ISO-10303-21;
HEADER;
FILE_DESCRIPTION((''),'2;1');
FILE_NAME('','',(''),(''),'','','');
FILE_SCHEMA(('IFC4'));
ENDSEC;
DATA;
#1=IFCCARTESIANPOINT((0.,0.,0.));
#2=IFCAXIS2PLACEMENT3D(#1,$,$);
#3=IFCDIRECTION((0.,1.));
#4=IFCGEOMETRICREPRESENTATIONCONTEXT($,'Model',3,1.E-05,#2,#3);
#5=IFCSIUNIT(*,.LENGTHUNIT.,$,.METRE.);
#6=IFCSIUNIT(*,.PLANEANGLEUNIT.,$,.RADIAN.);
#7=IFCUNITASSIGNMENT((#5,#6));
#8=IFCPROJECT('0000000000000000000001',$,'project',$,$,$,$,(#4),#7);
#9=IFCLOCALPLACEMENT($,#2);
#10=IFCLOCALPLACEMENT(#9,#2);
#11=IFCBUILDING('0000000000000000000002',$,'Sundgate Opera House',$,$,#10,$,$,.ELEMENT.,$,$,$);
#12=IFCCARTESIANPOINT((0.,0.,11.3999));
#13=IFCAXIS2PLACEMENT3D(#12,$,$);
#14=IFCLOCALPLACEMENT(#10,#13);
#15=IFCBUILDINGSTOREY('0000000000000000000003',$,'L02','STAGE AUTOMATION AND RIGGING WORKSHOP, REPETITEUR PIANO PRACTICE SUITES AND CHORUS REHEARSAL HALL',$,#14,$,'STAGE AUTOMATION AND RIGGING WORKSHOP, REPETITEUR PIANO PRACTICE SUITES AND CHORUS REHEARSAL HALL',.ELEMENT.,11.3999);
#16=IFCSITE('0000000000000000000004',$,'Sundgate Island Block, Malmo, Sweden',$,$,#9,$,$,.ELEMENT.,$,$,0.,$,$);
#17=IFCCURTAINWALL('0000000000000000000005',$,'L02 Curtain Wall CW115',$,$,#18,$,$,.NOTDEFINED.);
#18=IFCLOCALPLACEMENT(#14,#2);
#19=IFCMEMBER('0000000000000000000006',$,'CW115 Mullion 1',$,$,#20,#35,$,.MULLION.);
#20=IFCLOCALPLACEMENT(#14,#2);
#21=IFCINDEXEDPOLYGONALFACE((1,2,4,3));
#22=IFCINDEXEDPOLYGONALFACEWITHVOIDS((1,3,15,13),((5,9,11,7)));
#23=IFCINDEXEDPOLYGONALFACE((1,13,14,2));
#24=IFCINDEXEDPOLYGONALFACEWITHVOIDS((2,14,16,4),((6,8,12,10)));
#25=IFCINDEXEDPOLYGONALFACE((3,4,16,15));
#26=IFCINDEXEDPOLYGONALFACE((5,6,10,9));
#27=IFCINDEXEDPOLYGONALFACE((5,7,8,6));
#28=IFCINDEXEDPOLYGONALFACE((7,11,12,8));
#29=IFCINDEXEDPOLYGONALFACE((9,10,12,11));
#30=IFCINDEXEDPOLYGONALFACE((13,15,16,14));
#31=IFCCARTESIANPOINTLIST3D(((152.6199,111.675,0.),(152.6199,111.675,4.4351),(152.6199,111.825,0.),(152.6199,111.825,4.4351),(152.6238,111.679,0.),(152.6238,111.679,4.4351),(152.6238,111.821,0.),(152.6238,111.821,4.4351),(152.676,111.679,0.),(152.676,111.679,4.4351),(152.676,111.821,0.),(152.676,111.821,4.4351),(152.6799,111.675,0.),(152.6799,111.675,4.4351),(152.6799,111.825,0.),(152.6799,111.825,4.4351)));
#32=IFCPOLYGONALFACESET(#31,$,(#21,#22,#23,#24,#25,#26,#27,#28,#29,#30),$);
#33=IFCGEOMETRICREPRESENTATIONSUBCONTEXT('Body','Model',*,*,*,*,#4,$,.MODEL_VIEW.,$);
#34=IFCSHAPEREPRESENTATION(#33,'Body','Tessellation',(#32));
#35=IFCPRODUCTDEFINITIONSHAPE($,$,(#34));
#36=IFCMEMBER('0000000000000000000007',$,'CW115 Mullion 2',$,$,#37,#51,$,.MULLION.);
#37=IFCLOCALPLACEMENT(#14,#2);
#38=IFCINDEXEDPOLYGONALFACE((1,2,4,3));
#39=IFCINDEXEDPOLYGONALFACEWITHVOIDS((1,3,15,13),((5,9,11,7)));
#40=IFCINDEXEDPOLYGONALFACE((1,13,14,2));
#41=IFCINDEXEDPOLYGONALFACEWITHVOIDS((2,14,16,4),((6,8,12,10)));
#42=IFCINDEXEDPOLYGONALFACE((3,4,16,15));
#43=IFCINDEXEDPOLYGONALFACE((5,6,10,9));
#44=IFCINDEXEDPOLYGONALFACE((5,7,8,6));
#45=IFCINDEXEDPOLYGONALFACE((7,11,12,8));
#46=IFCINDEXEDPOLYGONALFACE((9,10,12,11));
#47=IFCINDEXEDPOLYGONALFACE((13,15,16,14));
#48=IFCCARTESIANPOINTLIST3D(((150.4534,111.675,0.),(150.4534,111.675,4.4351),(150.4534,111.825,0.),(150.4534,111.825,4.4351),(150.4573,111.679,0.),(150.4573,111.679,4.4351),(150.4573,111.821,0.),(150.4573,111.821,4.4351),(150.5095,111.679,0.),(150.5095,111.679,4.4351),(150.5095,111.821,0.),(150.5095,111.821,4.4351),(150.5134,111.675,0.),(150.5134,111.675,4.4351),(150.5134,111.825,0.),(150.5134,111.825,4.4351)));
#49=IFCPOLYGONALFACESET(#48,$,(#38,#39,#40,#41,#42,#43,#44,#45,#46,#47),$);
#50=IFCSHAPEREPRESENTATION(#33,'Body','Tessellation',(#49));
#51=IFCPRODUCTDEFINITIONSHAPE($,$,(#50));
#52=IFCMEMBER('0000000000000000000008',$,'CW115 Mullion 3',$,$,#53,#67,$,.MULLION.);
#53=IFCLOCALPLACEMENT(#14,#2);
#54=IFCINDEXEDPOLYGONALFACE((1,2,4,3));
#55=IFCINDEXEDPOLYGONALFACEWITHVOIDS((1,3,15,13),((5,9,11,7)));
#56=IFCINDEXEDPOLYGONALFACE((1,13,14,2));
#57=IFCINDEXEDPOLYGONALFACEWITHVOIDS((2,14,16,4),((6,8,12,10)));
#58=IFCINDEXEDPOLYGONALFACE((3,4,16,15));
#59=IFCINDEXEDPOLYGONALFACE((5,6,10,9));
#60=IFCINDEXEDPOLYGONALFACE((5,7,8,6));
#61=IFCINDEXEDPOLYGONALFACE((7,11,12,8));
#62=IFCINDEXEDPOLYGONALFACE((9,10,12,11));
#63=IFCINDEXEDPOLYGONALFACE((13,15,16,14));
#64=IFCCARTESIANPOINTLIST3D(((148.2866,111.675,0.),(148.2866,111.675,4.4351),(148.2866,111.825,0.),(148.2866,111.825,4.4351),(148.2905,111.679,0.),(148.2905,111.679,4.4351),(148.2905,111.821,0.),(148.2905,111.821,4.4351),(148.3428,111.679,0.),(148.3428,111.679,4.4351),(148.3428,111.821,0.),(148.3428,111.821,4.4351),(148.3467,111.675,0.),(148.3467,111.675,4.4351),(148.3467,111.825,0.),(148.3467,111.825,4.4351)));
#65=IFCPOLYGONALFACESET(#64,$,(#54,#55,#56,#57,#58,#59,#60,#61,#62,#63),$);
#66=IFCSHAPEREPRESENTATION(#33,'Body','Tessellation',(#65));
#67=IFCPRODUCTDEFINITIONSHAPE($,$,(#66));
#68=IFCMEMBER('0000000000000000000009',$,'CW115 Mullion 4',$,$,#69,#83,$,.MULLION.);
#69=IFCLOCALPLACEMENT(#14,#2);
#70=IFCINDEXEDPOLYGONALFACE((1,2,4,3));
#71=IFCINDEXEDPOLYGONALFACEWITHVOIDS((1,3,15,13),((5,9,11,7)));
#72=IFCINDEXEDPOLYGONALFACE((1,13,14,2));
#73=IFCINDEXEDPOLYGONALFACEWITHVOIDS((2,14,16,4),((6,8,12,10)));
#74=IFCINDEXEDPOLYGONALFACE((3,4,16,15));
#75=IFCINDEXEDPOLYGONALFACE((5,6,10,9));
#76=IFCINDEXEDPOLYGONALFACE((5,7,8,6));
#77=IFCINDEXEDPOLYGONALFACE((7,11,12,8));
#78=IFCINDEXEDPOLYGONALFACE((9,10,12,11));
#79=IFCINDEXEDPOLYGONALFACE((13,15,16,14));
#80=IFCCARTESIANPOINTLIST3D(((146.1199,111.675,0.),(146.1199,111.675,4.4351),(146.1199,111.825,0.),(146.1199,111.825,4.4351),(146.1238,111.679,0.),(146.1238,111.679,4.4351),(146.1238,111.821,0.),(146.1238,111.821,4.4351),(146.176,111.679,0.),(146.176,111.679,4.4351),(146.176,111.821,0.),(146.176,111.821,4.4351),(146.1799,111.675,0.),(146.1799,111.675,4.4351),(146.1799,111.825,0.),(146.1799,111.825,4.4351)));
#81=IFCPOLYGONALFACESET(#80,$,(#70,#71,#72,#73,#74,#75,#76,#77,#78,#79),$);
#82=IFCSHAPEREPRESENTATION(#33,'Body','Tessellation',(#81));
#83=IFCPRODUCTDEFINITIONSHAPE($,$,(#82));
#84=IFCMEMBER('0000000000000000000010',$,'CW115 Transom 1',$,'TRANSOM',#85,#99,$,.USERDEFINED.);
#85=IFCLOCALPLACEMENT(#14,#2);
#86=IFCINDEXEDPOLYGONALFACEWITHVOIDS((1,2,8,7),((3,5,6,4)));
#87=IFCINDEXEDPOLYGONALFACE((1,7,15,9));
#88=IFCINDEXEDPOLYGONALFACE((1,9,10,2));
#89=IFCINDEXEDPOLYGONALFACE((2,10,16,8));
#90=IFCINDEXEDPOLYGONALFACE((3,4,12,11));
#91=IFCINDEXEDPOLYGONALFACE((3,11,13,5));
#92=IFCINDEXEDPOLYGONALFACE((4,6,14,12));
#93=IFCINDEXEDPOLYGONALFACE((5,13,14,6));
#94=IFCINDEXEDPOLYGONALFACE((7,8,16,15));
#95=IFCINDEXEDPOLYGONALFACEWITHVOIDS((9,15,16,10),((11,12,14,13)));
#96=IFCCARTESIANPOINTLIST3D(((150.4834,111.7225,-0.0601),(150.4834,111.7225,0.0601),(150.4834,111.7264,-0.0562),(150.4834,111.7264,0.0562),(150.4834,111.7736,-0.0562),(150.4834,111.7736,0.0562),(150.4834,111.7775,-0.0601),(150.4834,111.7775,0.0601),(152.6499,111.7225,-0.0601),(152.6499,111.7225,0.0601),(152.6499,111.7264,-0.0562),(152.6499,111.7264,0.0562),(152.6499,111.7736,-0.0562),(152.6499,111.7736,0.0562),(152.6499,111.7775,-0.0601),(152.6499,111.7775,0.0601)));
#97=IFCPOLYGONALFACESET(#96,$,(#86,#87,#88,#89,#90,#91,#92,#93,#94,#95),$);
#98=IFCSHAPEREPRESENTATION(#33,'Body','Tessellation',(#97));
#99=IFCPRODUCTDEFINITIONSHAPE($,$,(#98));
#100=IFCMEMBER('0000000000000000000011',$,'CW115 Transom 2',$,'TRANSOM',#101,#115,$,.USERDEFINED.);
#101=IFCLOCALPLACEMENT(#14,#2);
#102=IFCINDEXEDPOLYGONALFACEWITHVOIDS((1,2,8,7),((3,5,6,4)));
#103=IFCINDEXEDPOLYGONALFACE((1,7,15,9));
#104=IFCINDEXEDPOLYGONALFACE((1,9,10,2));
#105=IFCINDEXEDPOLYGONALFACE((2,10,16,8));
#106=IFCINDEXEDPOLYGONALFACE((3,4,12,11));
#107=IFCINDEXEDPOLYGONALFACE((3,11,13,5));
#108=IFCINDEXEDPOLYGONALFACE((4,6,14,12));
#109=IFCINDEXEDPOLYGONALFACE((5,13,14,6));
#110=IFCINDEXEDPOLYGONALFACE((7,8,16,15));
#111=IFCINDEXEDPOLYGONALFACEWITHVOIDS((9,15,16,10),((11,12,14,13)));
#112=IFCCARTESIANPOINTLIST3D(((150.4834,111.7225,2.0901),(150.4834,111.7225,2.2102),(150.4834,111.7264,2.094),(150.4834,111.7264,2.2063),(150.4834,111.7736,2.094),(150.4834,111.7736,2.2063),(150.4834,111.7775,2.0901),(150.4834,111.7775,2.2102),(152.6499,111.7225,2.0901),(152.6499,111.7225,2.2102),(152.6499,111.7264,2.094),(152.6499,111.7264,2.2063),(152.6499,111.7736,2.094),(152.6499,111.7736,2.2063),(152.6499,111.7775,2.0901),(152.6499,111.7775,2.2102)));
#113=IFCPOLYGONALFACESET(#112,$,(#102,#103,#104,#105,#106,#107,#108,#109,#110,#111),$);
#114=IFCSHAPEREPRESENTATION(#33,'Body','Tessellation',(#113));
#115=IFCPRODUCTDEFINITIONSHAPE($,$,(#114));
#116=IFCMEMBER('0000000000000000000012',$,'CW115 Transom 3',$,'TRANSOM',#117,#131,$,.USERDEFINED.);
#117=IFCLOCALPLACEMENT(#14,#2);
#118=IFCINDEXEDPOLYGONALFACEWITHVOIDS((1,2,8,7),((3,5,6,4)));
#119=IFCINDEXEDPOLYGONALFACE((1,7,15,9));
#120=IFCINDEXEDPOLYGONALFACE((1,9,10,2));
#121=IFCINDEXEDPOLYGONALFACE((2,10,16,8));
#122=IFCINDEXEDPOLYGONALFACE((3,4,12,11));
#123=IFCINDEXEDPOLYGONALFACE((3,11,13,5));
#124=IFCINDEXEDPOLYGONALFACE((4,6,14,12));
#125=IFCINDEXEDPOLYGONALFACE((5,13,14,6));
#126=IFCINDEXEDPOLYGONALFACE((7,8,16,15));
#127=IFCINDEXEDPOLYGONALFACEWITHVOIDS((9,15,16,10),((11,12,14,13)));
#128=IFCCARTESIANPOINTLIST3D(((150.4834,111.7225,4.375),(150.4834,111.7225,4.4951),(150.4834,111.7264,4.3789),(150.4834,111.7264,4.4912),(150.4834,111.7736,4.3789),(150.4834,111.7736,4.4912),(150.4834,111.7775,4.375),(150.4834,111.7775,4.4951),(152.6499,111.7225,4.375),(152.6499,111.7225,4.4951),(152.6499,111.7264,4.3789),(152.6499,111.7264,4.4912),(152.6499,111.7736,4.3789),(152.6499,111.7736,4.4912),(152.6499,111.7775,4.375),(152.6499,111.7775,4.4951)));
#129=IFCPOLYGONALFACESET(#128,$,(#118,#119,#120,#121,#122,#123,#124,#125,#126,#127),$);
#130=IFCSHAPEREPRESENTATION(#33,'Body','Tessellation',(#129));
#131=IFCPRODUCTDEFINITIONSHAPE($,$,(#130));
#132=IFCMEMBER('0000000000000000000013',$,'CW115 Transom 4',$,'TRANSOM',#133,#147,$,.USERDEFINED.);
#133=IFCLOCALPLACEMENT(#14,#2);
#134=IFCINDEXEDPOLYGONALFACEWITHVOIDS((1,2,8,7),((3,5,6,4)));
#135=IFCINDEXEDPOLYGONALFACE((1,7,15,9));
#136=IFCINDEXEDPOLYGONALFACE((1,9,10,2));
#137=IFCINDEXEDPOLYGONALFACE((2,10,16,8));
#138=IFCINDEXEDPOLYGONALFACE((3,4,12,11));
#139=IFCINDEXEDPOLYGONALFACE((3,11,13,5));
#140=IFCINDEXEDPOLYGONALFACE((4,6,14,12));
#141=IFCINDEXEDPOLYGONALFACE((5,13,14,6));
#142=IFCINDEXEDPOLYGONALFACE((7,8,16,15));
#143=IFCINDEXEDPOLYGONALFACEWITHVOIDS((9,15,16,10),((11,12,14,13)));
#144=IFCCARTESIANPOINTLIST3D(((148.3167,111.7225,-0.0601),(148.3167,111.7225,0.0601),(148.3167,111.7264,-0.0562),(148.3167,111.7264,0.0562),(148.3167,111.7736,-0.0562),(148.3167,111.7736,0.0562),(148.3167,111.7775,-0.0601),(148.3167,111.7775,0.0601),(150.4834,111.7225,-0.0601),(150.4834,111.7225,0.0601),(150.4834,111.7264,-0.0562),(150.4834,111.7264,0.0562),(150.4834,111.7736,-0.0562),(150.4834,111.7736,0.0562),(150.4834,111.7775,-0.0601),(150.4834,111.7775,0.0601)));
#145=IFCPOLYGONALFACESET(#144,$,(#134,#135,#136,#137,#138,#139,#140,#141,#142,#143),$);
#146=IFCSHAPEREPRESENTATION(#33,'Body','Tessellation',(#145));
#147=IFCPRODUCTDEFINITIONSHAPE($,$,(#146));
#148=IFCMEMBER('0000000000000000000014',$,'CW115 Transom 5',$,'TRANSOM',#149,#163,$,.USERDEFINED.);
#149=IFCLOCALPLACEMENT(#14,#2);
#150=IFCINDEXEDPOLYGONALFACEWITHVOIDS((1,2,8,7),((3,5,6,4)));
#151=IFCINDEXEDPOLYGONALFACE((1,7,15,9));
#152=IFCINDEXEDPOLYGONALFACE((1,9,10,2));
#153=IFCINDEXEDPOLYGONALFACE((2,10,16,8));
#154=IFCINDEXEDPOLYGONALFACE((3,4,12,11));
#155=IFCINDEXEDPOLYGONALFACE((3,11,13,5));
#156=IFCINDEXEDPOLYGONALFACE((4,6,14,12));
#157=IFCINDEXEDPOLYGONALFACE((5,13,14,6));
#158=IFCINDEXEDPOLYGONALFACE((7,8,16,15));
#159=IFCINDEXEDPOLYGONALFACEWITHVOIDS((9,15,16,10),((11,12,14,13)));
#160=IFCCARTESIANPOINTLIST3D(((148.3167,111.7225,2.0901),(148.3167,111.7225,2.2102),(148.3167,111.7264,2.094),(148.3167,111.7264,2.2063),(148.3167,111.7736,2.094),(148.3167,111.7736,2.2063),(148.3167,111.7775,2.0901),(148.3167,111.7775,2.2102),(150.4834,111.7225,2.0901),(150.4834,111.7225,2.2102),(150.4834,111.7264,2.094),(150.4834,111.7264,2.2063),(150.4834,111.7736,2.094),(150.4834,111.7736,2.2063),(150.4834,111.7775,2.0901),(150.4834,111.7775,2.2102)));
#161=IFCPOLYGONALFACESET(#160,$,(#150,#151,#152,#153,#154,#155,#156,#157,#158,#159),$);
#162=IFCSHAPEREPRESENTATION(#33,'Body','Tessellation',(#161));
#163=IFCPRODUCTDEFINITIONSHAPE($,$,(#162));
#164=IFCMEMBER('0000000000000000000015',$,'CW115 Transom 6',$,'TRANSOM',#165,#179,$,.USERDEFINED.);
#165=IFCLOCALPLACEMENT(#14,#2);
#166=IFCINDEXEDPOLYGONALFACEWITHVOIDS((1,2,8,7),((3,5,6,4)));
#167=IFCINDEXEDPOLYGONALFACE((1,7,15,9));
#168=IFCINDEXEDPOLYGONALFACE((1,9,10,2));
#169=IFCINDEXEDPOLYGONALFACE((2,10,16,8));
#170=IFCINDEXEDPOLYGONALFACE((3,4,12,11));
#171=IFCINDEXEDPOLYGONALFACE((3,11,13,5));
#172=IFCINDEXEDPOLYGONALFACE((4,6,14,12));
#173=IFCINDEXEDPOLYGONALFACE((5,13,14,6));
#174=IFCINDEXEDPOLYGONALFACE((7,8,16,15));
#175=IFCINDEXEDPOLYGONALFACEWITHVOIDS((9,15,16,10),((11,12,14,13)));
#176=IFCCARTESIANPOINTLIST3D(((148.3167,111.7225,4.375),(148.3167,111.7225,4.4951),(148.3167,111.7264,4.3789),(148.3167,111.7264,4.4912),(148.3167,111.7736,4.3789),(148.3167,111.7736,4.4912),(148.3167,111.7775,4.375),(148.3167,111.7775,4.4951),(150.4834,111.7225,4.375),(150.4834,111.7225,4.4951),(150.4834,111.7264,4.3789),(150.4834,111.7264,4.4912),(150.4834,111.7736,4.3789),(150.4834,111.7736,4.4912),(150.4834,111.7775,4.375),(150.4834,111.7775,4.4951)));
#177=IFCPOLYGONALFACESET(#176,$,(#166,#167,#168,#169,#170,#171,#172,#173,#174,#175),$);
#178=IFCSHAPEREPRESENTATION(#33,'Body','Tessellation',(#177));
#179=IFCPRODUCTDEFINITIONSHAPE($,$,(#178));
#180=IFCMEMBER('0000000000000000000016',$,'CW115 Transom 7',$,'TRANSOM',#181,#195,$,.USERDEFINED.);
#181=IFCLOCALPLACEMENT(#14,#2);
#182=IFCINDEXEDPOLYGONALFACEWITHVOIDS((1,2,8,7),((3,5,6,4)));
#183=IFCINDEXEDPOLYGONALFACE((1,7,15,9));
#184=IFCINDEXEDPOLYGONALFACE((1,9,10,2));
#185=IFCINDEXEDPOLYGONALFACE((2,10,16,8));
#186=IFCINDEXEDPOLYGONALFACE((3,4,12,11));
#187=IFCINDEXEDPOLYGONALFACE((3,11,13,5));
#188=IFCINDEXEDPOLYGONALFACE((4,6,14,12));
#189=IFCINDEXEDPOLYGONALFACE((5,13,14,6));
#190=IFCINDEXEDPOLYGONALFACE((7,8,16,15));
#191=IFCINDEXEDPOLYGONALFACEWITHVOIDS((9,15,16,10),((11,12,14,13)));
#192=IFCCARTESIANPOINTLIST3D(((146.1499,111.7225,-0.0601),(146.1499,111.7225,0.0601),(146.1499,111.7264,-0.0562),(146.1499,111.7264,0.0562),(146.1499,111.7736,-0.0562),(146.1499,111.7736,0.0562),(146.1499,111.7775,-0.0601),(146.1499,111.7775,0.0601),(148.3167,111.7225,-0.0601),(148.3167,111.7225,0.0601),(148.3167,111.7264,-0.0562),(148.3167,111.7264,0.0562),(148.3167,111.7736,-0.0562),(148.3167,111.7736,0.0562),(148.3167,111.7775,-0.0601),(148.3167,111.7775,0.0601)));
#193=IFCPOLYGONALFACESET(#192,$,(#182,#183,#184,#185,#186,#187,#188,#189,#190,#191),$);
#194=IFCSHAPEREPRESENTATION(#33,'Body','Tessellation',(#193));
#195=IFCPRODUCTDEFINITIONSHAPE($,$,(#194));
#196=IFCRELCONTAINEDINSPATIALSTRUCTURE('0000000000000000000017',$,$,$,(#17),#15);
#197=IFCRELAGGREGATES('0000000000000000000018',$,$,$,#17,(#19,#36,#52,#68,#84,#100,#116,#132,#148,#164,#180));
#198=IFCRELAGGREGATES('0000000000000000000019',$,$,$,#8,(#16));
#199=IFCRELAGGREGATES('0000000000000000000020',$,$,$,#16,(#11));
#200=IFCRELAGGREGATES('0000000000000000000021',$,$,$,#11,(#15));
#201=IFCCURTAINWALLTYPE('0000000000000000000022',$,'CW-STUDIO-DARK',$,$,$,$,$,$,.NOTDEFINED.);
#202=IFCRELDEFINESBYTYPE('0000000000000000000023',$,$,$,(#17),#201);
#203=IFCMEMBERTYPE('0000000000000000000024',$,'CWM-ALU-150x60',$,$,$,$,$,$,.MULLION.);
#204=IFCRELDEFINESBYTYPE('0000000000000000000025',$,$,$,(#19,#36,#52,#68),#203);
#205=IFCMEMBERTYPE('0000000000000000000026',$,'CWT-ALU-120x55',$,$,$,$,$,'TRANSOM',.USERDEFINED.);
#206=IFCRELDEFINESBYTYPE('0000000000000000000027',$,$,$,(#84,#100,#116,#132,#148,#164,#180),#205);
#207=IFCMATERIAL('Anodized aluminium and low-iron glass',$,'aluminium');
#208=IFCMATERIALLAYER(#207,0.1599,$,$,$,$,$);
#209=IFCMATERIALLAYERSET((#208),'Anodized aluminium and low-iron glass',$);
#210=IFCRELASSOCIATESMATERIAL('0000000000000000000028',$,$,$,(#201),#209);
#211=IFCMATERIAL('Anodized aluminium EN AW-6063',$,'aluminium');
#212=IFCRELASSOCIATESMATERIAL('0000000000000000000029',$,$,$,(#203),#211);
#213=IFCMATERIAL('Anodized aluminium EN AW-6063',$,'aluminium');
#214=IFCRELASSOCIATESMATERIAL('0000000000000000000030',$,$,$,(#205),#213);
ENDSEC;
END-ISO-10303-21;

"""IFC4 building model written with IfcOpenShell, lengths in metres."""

from ifc_helpers import new_model, si_unit, direction, frame, origin, origin_2d, place, context, subcontext, project, spatial, hollow_rectangle, extrude, material, layer, layer_set, material_profile, profile_set, type_object, element, aggregate, save


model = new_model("IFC4")

# Units and contexts
model_context = context("Model", 3, precision=1e-05, world=origin(), true_north=direction((0.0, 1.0)))
body_context = subcontext(model_context, "Body", "Model", "MODEL_VIEW")
ifc_project = project(units=[si_unit("LENGTHUNIT", "METRE"), si_unit("PLANEANGLEUNIT", "RADIAN")], contexts=[model_context])

# Site, building, storey
site_placement = place(None, origin())
site = spatial("IfcSite", under=ifc_project, at=site_placement, Name="Sundgate Island Block, Malmo, Sweden", CompositionType="ELEMENT", RefElevation=0.0)
building_placement = place(site_placement, origin())
building = spatial("IfcBuilding", under=site, at=building_placement, Name="Sundgate Opera House", CompositionType="ELEMENT")
storey_placement = place(building_placement, frame((0.0, 0.0, 11.3999)))
storey = spatial("IfcBuildingStorey", under=building, at=storey_placement, Name="L02", Description="STAGE AUTOMATION AND RIGGING WORKSHOP, REPETITEUR PIANO PRACTICE SUITES AND CHORUS REHEARSAL HALL", LongName="STAGE AUTOMATION AND RIGGING WORKSHOP, REPETITEUR PIANO PRACTICE SUITES AND CHORUS REHEARSAL HALL", CompositionType="ELEMENT", Elevation=11.3999)

# Curtain wall, members
ifc_material_1 = material(Name="Anodized aluminium and low-iron glass", Category="aluminium")
ifc_layer_1 = layer(ifc_material_1, 0.1599)
ifc_layer_set_1 = layer_set([ifc_layer_1], Name="Anodized aluminium and low-iron glass")
curtain_wall_type = type_object("IfcCurtainWallType", Name="CW-STUDIO-DARK", PredefinedType="NOTDEFINED", material=ifc_layer_set_1)
curtain_wall_placement = place(storey_placement, origin())
curtain_wall = element("IfcCurtainWall", 1, at=curtain_wall_placement, inside=storey, type_object=curtain_wall_type, Name="L02 Curtain Wall CW115", PredefinedType="NOTDEFINED")
ifc_material_2 = material(Name="Anodized aluminium EN AW-6063", Category="aluminium")
ifc_material_profile_1 = material_profile(ifc_material_2, hollow_rectangle(XDim=0.0601, YDim=0.1499, WallThickness=0.0039, at=origin_2d()), Name="CWM 150x60x4")
ifc_profile_set_1 = profile_set([ifc_material_profile_1], Name="Anodized aluminium EN AW-6063")
member_type_1 = type_object("IfcMemberType", Name="CWM-ALU-150x60", PredefinedType="MULLION", material=ifc_profile_set_1)
member_1_placement = place(storey_placement, frame((152.6499, 111.75, 0.0), z_axis=(0.0, 0.0, 1.0), x_axis=(1.0, 0.0, 0.0)))
member_1 = element("IfcMember", 2, at=member_1_placement, type_object=member_type_1, Name="CW115 Mullion 1", PredefinedType="MULLION", context=body_context, shape_type="SweptSolid", body=[
    extrude(hollow_rectangle(XDim=0.0601, YDim=0.1499, WallThickness=0.0039, at=origin_2d()), origin(), (0.0, 0.0, 1.0), 4.4351),
])
member_2_placement = place(storey_placement, frame((150.4834, 111.75, 0.0), z_axis=(0.0, 0.0, 1.0), x_axis=(1.0, 0.0, 0.0)))
member_2 = element("IfcMember", 3, at=member_2_placement, type_object=member_type_1, Name="CW115 Mullion 2", PredefinedType="MULLION", context=body_context, shape_type="SweptSolid", body=[
    extrude(hollow_rectangle(XDim=0.0601, YDim=0.1499, WallThickness=0.0039, at=origin_2d()), origin(), (0.0, 0.0, 1.0), 4.4351),
])
member_3_placement = place(storey_placement, frame((148.3167, 111.75, 0.0), z_axis=(0.0, 0.0, 1.0), x_axis=(1.0, 0.0, 0.0)))
member_3 = element("IfcMember", 4, at=member_3_placement, type_object=member_type_1, Name="CW115 Mullion 3", PredefinedType="MULLION", context=body_context, shape_type="SweptSolid", body=[
    extrude(hollow_rectangle(XDim=0.0601, YDim=0.1499, WallThickness=0.0039, at=origin_2d()), origin(), (0.0, 0.0, 1.0), 4.4351),
])
member_4_placement = place(storey_placement, frame((146.1499, 111.75, 0.0), z_axis=(0.0, 0.0, 1.0), x_axis=(1.0, 0.0, 0.0)))
member_4 = element("IfcMember", 5, at=member_4_placement, type_object=member_type_1, Name="CW115 Mullion 4", PredefinedType="MULLION", context=body_context, shape_type="SweptSolid", body=[
    extrude(hollow_rectangle(XDim=0.0601, YDim=0.1499, WallThickness=0.0039, at=origin_2d()), origin(), (0.0, 0.0, 1.0), 4.4351),
])
ifc_material_3 = material(Name="Anodized aluminium EN AW-6063", Category="aluminium")
ifc_material_profile_2 = material_profile(ifc_material_3, hollow_rectangle(XDim=0.0549, YDim=0.1201, WallThickness=0.0039, at=origin_2d()), Name="CWT 120x55x4")
ifc_profile_set_2 = profile_set([ifc_material_profile_2], Name="Anodized aluminium EN AW-6063")
member_type_2 = type_object("IfcMemberType", Name="CWT-ALU-120x55", ElementType="TRANSOM", PredefinedType="USERDEFINED", material=ifc_profile_set_2)
member_5_placement = place(storey_placement, frame((152.6499, 111.75, 0.0), z_axis=(-1.0, 0.0, 0.0), x_axis=(0.0, -1.0, 0.0)))
member_5 = element("IfcMember", 6, at=member_5_placement, type_object=member_type_2, Name="CW115 Transom 1", ObjectType="TRANSOM", PredefinedType="USERDEFINED", context=body_context, shape_type="SweptSolid", body=[
    extrude(hollow_rectangle(XDim=0.0549, YDim=0.1201, WallThickness=0.0039, at=origin_2d()), origin(), (0.0, 0.0, 1.0), 2.1665),
])
member_6_placement = place(storey_placement, frame((152.6499, 111.75, 2.1501), z_axis=(-1.0, 0.0, 0.0), x_axis=(0.0, -1.0, 0.0)))
member_6 = element("IfcMember", 7, at=member_6_placement, type_object=member_type_2, Name="CW115 Transom 2", ObjectType="TRANSOM", PredefinedType="USERDEFINED", context=body_context, shape_type="SweptSolid", body=[
    extrude(hollow_rectangle(XDim=0.0549, YDim=0.1201, WallThickness=0.0039, at=origin_2d()), origin(), (0.0, 0.0, 1.0), 2.1665),
])
member_7_placement = place(storey_placement, frame((152.6499, 111.75, 4.4351), z_axis=(-1.0, 0.0, 0.0), x_axis=(0.0, -1.0, 0.0)))
member_7 = element("IfcMember", 8, at=member_7_placement, type_object=member_type_2, Name="CW115 Transom 3", ObjectType="TRANSOM", PredefinedType="USERDEFINED", context=body_context, shape_type="SweptSolid", body=[
    extrude(hollow_rectangle(XDim=0.0549, YDim=0.1201, WallThickness=0.0039, at=origin_2d()), origin(), (0.0, 0.0, 1.0), 2.1665),
])
member_8_placement = place(storey_placement, frame((150.4834, 111.75, 0.0), z_axis=(-1.0, 0.0, 0.0), x_axis=(0.0, -1.0, 0.0)))
member_8 = element("IfcMember", 9, at=member_8_placement, type_object=member_type_2, Name="CW115 Transom 4", ObjectType="TRANSOM", PredefinedType="USERDEFINED", context=body_context, shape_type="SweptSolid", body=[
    extrude(hollow_rectangle(XDim=0.0549, YDim=0.1201, WallThickness=0.0039, at=origin_2d()), origin(), (0.0, 0.0, 1.0), 2.1667),
])
member_9_placement = place(storey_placement, frame((150.4834, 111.75, 2.1501), z_axis=(-1.0, 0.0, 0.0), x_axis=(0.0, -1.0, 0.0)))
member_9 = element("IfcMember", 10, at=member_9_placement, type_object=member_type_2, Name="CW115 Transom 5", ObjectType="TRANSOM", PredefinedType="USERDEFINED", context=body_context, shape_type="SweptSolid", body=[
    extrude(hollow_rectangle(XDim=0.0549, YDim=0.1201, WallThickness=0.0039, at=origin_2d()), origin(), (0.0, 0.0, 1.0), 2.1667),
])
member_10_placement = place(storey_placement, frame((150.4834, 111.75, 4.4351), z_axis=(-1.0, 0.0, 0.0), x_axis=(0.0, -1.0, 0.0)))
member_10 = element("IfcMember", 11, at=member_10_placement, type_object=member_type_2, Name="CW115 Transom 6", ObjectType="TRANSOM", PredefinedType="USERDEFINED", context=body_context, shape_type="SweptSolid", body=[
    extrude(hollow_rectangle(XDim=0.0549, YDim=0.1201, WallThickness=0.0039, at=origin_2d()), origin(), (0.0, 0.0, 1.0), 2.1667),
])
member_11_placement = place(storey_placement, frame((148.3167, 111.75, 0.0), z_axis=(-1.0, 0.0, 0.0), x_axis=(0.0, -1.0, 0.0)))
member_11 = element("IfcMember", 12, at=member_11_placement, type_object=member_type_2, Name="CW115 Transom 7", ObjectType="TRANSOM", PredefinedType="USERDEFINED", context=body_context, shape_type="SweptSolid", body=[
    extrude(hollow_rectangle(XDim=0.0549, YDim=0.1201, WallThickness=0.0039, at=origin_2d()), origin(), (0.0, 0.0, 1.0), 2.1667),
])
aggregate(curtain_wall, [member_1, member_2, member_3, member_4, member_5, member_6, member_7, member_8, member_9, member_10, member_11])

save(model, "model.ifc")
